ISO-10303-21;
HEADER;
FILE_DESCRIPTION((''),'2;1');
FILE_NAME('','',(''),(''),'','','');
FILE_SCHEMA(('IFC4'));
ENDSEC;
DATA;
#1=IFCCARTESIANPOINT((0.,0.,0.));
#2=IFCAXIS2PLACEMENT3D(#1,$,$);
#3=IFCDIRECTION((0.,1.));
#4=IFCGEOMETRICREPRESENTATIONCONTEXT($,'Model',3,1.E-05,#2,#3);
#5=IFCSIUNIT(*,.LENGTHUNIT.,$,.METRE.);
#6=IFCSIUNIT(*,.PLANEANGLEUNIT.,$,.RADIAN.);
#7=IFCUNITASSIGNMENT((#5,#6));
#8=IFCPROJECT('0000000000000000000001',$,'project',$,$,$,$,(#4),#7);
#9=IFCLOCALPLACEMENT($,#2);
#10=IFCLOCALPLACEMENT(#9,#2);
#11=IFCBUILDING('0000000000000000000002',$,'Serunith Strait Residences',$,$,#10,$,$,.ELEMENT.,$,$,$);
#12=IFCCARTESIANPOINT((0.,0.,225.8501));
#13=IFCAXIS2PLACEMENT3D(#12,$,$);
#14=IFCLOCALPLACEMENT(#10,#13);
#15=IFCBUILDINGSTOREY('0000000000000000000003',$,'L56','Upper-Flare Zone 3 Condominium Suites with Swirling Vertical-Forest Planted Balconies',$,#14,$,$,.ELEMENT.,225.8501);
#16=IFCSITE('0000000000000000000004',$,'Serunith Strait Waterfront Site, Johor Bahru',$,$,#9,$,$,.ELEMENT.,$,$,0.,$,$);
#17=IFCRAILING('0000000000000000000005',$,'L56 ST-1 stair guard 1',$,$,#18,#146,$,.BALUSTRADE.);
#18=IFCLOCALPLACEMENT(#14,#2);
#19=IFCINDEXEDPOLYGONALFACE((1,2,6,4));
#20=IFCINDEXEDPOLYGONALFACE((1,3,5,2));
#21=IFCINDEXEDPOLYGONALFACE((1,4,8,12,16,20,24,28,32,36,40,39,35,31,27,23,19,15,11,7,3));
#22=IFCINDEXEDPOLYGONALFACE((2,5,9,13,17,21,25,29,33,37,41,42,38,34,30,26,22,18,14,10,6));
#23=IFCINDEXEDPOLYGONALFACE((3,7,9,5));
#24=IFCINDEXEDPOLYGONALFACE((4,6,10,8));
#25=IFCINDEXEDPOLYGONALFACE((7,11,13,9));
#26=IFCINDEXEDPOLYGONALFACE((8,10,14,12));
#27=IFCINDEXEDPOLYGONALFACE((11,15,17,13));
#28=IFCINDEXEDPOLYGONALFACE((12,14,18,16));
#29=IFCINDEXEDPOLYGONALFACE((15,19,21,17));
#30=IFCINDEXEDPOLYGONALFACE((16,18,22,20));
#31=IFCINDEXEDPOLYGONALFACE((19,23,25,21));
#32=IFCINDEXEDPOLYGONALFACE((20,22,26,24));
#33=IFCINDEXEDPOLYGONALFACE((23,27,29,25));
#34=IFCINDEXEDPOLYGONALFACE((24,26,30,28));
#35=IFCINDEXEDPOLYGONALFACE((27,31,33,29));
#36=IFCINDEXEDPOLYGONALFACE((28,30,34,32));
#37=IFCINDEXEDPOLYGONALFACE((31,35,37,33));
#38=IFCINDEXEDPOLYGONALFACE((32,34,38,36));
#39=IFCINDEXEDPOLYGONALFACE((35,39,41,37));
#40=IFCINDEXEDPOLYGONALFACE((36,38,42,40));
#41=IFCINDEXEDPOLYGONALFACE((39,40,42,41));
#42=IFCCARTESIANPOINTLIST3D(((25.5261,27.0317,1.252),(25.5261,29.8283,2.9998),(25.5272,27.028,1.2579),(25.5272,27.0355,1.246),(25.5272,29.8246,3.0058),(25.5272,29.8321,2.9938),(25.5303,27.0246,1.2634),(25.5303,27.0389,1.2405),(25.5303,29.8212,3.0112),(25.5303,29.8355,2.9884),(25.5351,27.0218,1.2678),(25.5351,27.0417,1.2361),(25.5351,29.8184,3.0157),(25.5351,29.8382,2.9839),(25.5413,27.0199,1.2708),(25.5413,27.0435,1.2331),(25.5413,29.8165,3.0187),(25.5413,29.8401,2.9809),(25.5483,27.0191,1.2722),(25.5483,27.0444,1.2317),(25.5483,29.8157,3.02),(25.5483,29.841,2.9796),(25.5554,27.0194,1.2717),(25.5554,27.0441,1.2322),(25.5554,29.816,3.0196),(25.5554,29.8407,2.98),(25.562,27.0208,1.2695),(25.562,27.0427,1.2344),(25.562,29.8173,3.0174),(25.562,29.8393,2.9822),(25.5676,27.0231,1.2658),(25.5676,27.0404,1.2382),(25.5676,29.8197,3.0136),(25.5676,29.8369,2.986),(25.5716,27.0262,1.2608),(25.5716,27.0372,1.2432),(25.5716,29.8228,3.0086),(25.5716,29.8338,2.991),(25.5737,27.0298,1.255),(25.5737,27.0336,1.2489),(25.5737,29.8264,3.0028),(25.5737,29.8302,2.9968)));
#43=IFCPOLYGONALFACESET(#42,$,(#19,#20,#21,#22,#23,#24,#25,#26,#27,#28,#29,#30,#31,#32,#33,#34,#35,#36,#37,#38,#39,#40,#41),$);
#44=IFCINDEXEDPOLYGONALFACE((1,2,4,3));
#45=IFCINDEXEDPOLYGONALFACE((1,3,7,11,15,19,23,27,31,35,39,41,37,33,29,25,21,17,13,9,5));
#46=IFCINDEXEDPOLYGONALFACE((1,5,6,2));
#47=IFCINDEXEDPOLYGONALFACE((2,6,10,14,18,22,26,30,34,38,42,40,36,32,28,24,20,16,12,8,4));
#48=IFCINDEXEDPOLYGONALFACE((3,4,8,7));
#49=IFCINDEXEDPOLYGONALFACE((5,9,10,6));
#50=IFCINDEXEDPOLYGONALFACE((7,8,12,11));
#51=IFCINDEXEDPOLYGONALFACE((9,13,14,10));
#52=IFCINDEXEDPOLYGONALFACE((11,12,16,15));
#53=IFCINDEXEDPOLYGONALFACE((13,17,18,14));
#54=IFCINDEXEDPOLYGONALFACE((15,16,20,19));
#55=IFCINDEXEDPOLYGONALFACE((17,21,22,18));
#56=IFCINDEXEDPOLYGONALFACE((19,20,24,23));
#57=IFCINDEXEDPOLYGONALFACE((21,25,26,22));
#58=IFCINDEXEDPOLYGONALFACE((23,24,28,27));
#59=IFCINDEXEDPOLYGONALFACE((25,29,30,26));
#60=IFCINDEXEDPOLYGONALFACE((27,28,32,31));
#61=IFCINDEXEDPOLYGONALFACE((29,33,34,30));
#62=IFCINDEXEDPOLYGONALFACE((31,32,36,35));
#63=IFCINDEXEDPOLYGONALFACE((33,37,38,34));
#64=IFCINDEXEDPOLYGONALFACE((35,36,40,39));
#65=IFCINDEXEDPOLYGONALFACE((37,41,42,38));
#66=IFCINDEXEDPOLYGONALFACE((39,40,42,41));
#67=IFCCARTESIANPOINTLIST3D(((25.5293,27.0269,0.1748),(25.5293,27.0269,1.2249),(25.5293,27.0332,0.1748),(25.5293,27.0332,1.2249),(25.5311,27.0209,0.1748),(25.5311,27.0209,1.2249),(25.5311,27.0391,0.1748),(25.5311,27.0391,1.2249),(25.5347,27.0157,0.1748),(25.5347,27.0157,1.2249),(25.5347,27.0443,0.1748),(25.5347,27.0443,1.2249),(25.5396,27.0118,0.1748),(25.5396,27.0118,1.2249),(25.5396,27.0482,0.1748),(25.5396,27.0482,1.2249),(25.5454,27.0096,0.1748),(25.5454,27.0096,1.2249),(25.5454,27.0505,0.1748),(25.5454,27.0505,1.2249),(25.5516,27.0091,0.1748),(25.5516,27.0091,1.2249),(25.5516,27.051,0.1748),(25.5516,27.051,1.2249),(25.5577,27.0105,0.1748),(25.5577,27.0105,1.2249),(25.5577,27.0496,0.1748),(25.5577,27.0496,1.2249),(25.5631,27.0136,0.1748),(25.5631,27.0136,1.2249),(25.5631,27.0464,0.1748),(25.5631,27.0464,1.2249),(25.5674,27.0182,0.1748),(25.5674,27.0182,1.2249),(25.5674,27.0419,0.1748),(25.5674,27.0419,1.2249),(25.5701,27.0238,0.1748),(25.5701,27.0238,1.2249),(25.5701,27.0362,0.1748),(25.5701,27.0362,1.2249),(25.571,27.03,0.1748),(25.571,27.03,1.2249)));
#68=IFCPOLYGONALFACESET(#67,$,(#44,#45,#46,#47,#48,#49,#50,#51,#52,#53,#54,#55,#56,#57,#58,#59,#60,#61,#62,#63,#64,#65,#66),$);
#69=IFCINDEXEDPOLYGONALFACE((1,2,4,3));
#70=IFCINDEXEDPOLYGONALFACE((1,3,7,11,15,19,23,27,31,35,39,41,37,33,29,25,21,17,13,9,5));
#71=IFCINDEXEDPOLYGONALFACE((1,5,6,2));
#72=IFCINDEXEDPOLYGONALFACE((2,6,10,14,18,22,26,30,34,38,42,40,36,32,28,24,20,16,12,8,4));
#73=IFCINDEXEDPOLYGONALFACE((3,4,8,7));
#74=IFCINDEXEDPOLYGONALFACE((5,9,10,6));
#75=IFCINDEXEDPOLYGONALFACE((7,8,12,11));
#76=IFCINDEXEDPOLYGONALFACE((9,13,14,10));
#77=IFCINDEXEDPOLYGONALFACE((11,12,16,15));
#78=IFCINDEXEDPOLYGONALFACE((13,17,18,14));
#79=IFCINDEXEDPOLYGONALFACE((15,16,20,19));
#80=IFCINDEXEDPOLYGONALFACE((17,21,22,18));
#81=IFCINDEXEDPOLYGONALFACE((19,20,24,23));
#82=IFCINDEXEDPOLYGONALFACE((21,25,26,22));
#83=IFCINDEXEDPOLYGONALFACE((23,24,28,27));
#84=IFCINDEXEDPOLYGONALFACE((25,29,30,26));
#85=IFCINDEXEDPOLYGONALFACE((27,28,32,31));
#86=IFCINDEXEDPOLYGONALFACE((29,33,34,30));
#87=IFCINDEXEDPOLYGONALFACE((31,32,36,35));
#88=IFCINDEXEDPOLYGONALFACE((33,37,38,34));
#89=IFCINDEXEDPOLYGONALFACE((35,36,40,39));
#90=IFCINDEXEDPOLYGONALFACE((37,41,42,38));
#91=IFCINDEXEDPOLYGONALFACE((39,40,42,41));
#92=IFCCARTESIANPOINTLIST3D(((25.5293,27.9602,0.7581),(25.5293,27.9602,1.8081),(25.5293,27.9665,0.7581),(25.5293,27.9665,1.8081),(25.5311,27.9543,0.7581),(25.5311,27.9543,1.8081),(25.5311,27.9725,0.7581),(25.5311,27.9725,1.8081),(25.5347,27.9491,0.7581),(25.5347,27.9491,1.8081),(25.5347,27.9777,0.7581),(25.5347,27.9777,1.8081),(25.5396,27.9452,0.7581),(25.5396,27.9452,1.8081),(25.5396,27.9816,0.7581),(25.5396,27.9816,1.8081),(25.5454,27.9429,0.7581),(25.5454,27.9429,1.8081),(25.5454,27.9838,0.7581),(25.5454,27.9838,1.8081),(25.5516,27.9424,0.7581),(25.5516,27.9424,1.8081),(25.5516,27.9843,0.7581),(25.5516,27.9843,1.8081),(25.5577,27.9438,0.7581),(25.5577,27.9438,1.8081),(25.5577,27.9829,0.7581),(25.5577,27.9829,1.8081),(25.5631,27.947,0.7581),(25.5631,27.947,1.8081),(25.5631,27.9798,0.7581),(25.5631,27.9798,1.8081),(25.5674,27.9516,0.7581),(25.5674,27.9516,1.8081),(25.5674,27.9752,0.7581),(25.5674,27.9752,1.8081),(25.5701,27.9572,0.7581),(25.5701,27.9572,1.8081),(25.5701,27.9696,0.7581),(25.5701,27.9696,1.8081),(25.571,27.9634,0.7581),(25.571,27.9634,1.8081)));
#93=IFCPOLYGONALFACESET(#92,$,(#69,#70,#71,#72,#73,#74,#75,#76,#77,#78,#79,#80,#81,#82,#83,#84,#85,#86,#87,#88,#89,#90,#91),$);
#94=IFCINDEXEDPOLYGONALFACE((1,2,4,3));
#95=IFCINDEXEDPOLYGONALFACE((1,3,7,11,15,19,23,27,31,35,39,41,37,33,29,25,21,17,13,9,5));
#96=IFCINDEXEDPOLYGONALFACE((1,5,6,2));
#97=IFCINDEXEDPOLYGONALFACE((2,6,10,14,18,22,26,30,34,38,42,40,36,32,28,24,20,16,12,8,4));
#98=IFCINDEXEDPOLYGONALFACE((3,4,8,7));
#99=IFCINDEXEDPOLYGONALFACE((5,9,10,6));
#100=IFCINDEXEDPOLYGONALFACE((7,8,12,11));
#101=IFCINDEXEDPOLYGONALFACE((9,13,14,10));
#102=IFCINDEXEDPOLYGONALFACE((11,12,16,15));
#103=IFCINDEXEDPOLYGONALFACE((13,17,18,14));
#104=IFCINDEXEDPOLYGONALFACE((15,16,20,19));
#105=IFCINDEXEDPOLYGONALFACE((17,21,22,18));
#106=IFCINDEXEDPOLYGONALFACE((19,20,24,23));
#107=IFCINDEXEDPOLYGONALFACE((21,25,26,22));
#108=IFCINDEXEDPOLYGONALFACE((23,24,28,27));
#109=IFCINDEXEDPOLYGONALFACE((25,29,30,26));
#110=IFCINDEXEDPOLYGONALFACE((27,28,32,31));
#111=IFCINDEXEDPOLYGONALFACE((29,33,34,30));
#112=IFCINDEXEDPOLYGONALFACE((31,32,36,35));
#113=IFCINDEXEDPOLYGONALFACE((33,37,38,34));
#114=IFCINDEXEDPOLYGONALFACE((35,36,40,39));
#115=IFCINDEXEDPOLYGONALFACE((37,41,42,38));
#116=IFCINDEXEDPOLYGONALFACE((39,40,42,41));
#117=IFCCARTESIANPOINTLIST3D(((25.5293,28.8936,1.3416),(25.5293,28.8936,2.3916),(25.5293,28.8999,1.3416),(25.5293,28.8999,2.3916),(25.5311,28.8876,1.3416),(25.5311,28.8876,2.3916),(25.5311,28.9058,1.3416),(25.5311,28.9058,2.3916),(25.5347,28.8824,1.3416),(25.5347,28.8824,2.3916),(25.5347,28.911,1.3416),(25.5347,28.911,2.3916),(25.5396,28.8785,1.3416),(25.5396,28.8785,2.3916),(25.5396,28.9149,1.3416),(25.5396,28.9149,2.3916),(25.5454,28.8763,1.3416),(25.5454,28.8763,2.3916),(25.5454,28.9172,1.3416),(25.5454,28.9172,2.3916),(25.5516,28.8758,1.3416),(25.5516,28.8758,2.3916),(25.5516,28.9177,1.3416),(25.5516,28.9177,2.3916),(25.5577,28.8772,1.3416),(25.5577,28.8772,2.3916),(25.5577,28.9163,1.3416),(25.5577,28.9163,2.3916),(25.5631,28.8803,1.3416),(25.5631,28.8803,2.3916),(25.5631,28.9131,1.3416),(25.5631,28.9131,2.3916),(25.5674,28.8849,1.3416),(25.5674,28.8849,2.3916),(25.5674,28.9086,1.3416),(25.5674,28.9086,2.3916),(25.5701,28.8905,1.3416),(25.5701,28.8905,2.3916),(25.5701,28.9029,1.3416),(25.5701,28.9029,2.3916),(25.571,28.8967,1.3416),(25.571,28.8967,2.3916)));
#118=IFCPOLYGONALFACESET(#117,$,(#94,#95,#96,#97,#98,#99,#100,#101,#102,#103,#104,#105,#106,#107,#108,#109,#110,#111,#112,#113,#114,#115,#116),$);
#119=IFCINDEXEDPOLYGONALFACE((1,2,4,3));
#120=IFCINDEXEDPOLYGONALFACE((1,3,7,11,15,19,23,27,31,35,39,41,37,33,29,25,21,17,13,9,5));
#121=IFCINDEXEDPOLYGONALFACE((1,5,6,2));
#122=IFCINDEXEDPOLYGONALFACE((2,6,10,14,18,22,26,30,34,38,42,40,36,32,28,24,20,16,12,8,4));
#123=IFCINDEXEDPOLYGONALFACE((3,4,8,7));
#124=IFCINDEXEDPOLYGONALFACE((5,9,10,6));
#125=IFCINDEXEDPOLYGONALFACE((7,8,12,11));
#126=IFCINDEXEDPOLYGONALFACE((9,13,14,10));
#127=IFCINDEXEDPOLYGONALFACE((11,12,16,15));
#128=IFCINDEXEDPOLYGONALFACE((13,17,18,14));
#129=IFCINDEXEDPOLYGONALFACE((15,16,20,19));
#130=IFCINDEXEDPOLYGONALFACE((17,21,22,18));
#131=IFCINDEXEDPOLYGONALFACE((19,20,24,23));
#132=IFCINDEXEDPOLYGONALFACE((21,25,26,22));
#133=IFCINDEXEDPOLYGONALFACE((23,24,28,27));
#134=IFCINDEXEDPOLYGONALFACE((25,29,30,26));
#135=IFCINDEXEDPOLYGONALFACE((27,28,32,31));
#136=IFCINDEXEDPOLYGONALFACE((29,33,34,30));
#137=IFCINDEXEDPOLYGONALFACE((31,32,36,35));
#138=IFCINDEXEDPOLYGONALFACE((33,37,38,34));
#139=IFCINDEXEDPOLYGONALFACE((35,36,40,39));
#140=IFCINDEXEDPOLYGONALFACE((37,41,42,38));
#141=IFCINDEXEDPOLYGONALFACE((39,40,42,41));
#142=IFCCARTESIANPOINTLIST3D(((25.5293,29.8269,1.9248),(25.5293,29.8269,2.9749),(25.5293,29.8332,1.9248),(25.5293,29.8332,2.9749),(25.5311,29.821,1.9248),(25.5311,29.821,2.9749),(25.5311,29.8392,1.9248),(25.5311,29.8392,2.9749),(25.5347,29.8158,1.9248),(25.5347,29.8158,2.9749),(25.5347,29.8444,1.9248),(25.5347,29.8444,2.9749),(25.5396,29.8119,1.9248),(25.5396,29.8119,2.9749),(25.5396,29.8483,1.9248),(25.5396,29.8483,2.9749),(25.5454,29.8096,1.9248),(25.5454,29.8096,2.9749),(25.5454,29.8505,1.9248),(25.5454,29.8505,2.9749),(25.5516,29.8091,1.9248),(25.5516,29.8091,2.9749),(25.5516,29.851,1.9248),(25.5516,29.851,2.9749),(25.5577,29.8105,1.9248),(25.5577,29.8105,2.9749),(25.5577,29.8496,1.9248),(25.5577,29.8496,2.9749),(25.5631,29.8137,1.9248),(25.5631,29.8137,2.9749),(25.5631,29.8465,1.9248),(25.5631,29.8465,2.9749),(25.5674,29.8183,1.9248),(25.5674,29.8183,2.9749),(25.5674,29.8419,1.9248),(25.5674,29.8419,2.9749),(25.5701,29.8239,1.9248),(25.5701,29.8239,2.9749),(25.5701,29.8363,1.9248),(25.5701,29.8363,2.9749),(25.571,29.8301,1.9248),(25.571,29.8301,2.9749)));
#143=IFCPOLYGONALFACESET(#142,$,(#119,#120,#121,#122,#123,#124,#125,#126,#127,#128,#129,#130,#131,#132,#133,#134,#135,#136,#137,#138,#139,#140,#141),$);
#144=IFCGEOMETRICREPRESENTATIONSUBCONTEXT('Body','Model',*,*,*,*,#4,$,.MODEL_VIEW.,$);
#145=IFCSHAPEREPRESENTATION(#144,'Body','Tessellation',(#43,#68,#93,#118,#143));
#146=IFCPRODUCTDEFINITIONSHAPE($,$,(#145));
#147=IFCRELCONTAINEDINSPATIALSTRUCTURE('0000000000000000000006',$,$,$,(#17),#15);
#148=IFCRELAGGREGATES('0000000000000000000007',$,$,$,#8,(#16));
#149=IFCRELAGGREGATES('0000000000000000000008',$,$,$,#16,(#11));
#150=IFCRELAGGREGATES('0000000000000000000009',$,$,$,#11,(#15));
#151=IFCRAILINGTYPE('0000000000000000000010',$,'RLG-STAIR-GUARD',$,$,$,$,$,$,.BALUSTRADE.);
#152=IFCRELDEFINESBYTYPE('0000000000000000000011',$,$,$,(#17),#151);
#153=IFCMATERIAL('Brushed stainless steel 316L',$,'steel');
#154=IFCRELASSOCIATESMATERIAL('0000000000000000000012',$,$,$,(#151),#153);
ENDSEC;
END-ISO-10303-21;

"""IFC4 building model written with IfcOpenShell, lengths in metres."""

from ifc_helpers import new_model, si_unit, direction, frame, origin, origin_2d, place, context, subcontext, project, spatial, circle, extrude, material, type_object, element, save


model = new_model("IFC4")

# Units and contexts
model_context = context("Model", 3, precision=1e-05, world=origin(), true_north=direction((0.0, 1.0)))
body_context = subcontext(model_context, "Body", "Model", "MODEL_VIEW")
ifc_project = project(units=[si_unit("LENGTHUNIT", "METRE"), si_unit("PLANEANGLEUNIT", "RADIAN")], contexts=[model_context])

# Site, building, storey
site_placement = place(None, origin())
site = spatial("IfcSite", under=ifc_project, at=site_placement, Name="Serunith Strait Waterfront Site, Johor Bahru", CompositionType="ELEMENT", RefElevation=0.0)
building_placement = place(site_placement, origin())
building = spatial("IfcBuilding", under=site, at=building_placement, Name="Serunith Strait Residences", CompositionType="ELEMENT")
storey_placement = place(building_placement, frame((0.0, 0.0, 225.8501)))
storey = spatial("IfcBuildingStorey", under=building, at=storey_placement, Name="L56", Description="Upper-Flare Zone 3 Condominium Suites with Swirling Vertical-Forest Planted Balconies", CompositionType="ELEMENT", Elevation=225.8501)

# Railing
ifc_material_1 = material(Name="Brushed stainless steel 316L", Category="steel")
railing_type_1 = type_object("IfcRailingType", Name="RLG-STAIR-GUARD", PredefinedType="BALUSTRADE", material=ifc_material_1)
railing_1_placement = place(storey_placement, frame((25.55, 27.03, 0.1748)))
element("IfcRailing", 1, at=railing_1_placement, inside=storey, type_object=railing_type_1, Name="L56 ST-1 stair guard 1", PredefinedType="BALUSTRADE", context=body_context, shape_type="SweptSolid", body=[
    extrude(circle(Radius=0.0239, at=origin_2d()), frame((0.0, 0.0017, 1.0771), z_axis=(0.0, 0.848002, 0.529992), x_axis=(-1.0, 0.0, 0.0)), (0.0, 0.0, 1.0), 3.2979),
    extrude(circle(Radius=0.021, at=origin_2d()), origin(), (0.0, 0.0, 1.0), 1.05),
    extrude(circle(Radius=0.021, at=origin_2d()), frame((0.0, 0.9333, 0.5833)), (0.0, 0.0, 1.0), 1.05),
    extrude(circle(Radius=0.021, at=origin_2d()), frame((0.0, 1.8667, 1.1667)), (0.0, 0.0, 1.0), 1.05),
    extrude(circle(Radius=0.021, at=origin_2d()), frame((0.0, 2.8, 1.75)), (0.0, 0.0, 1.0), 1.05),
])

save(model, "model.ifc")
